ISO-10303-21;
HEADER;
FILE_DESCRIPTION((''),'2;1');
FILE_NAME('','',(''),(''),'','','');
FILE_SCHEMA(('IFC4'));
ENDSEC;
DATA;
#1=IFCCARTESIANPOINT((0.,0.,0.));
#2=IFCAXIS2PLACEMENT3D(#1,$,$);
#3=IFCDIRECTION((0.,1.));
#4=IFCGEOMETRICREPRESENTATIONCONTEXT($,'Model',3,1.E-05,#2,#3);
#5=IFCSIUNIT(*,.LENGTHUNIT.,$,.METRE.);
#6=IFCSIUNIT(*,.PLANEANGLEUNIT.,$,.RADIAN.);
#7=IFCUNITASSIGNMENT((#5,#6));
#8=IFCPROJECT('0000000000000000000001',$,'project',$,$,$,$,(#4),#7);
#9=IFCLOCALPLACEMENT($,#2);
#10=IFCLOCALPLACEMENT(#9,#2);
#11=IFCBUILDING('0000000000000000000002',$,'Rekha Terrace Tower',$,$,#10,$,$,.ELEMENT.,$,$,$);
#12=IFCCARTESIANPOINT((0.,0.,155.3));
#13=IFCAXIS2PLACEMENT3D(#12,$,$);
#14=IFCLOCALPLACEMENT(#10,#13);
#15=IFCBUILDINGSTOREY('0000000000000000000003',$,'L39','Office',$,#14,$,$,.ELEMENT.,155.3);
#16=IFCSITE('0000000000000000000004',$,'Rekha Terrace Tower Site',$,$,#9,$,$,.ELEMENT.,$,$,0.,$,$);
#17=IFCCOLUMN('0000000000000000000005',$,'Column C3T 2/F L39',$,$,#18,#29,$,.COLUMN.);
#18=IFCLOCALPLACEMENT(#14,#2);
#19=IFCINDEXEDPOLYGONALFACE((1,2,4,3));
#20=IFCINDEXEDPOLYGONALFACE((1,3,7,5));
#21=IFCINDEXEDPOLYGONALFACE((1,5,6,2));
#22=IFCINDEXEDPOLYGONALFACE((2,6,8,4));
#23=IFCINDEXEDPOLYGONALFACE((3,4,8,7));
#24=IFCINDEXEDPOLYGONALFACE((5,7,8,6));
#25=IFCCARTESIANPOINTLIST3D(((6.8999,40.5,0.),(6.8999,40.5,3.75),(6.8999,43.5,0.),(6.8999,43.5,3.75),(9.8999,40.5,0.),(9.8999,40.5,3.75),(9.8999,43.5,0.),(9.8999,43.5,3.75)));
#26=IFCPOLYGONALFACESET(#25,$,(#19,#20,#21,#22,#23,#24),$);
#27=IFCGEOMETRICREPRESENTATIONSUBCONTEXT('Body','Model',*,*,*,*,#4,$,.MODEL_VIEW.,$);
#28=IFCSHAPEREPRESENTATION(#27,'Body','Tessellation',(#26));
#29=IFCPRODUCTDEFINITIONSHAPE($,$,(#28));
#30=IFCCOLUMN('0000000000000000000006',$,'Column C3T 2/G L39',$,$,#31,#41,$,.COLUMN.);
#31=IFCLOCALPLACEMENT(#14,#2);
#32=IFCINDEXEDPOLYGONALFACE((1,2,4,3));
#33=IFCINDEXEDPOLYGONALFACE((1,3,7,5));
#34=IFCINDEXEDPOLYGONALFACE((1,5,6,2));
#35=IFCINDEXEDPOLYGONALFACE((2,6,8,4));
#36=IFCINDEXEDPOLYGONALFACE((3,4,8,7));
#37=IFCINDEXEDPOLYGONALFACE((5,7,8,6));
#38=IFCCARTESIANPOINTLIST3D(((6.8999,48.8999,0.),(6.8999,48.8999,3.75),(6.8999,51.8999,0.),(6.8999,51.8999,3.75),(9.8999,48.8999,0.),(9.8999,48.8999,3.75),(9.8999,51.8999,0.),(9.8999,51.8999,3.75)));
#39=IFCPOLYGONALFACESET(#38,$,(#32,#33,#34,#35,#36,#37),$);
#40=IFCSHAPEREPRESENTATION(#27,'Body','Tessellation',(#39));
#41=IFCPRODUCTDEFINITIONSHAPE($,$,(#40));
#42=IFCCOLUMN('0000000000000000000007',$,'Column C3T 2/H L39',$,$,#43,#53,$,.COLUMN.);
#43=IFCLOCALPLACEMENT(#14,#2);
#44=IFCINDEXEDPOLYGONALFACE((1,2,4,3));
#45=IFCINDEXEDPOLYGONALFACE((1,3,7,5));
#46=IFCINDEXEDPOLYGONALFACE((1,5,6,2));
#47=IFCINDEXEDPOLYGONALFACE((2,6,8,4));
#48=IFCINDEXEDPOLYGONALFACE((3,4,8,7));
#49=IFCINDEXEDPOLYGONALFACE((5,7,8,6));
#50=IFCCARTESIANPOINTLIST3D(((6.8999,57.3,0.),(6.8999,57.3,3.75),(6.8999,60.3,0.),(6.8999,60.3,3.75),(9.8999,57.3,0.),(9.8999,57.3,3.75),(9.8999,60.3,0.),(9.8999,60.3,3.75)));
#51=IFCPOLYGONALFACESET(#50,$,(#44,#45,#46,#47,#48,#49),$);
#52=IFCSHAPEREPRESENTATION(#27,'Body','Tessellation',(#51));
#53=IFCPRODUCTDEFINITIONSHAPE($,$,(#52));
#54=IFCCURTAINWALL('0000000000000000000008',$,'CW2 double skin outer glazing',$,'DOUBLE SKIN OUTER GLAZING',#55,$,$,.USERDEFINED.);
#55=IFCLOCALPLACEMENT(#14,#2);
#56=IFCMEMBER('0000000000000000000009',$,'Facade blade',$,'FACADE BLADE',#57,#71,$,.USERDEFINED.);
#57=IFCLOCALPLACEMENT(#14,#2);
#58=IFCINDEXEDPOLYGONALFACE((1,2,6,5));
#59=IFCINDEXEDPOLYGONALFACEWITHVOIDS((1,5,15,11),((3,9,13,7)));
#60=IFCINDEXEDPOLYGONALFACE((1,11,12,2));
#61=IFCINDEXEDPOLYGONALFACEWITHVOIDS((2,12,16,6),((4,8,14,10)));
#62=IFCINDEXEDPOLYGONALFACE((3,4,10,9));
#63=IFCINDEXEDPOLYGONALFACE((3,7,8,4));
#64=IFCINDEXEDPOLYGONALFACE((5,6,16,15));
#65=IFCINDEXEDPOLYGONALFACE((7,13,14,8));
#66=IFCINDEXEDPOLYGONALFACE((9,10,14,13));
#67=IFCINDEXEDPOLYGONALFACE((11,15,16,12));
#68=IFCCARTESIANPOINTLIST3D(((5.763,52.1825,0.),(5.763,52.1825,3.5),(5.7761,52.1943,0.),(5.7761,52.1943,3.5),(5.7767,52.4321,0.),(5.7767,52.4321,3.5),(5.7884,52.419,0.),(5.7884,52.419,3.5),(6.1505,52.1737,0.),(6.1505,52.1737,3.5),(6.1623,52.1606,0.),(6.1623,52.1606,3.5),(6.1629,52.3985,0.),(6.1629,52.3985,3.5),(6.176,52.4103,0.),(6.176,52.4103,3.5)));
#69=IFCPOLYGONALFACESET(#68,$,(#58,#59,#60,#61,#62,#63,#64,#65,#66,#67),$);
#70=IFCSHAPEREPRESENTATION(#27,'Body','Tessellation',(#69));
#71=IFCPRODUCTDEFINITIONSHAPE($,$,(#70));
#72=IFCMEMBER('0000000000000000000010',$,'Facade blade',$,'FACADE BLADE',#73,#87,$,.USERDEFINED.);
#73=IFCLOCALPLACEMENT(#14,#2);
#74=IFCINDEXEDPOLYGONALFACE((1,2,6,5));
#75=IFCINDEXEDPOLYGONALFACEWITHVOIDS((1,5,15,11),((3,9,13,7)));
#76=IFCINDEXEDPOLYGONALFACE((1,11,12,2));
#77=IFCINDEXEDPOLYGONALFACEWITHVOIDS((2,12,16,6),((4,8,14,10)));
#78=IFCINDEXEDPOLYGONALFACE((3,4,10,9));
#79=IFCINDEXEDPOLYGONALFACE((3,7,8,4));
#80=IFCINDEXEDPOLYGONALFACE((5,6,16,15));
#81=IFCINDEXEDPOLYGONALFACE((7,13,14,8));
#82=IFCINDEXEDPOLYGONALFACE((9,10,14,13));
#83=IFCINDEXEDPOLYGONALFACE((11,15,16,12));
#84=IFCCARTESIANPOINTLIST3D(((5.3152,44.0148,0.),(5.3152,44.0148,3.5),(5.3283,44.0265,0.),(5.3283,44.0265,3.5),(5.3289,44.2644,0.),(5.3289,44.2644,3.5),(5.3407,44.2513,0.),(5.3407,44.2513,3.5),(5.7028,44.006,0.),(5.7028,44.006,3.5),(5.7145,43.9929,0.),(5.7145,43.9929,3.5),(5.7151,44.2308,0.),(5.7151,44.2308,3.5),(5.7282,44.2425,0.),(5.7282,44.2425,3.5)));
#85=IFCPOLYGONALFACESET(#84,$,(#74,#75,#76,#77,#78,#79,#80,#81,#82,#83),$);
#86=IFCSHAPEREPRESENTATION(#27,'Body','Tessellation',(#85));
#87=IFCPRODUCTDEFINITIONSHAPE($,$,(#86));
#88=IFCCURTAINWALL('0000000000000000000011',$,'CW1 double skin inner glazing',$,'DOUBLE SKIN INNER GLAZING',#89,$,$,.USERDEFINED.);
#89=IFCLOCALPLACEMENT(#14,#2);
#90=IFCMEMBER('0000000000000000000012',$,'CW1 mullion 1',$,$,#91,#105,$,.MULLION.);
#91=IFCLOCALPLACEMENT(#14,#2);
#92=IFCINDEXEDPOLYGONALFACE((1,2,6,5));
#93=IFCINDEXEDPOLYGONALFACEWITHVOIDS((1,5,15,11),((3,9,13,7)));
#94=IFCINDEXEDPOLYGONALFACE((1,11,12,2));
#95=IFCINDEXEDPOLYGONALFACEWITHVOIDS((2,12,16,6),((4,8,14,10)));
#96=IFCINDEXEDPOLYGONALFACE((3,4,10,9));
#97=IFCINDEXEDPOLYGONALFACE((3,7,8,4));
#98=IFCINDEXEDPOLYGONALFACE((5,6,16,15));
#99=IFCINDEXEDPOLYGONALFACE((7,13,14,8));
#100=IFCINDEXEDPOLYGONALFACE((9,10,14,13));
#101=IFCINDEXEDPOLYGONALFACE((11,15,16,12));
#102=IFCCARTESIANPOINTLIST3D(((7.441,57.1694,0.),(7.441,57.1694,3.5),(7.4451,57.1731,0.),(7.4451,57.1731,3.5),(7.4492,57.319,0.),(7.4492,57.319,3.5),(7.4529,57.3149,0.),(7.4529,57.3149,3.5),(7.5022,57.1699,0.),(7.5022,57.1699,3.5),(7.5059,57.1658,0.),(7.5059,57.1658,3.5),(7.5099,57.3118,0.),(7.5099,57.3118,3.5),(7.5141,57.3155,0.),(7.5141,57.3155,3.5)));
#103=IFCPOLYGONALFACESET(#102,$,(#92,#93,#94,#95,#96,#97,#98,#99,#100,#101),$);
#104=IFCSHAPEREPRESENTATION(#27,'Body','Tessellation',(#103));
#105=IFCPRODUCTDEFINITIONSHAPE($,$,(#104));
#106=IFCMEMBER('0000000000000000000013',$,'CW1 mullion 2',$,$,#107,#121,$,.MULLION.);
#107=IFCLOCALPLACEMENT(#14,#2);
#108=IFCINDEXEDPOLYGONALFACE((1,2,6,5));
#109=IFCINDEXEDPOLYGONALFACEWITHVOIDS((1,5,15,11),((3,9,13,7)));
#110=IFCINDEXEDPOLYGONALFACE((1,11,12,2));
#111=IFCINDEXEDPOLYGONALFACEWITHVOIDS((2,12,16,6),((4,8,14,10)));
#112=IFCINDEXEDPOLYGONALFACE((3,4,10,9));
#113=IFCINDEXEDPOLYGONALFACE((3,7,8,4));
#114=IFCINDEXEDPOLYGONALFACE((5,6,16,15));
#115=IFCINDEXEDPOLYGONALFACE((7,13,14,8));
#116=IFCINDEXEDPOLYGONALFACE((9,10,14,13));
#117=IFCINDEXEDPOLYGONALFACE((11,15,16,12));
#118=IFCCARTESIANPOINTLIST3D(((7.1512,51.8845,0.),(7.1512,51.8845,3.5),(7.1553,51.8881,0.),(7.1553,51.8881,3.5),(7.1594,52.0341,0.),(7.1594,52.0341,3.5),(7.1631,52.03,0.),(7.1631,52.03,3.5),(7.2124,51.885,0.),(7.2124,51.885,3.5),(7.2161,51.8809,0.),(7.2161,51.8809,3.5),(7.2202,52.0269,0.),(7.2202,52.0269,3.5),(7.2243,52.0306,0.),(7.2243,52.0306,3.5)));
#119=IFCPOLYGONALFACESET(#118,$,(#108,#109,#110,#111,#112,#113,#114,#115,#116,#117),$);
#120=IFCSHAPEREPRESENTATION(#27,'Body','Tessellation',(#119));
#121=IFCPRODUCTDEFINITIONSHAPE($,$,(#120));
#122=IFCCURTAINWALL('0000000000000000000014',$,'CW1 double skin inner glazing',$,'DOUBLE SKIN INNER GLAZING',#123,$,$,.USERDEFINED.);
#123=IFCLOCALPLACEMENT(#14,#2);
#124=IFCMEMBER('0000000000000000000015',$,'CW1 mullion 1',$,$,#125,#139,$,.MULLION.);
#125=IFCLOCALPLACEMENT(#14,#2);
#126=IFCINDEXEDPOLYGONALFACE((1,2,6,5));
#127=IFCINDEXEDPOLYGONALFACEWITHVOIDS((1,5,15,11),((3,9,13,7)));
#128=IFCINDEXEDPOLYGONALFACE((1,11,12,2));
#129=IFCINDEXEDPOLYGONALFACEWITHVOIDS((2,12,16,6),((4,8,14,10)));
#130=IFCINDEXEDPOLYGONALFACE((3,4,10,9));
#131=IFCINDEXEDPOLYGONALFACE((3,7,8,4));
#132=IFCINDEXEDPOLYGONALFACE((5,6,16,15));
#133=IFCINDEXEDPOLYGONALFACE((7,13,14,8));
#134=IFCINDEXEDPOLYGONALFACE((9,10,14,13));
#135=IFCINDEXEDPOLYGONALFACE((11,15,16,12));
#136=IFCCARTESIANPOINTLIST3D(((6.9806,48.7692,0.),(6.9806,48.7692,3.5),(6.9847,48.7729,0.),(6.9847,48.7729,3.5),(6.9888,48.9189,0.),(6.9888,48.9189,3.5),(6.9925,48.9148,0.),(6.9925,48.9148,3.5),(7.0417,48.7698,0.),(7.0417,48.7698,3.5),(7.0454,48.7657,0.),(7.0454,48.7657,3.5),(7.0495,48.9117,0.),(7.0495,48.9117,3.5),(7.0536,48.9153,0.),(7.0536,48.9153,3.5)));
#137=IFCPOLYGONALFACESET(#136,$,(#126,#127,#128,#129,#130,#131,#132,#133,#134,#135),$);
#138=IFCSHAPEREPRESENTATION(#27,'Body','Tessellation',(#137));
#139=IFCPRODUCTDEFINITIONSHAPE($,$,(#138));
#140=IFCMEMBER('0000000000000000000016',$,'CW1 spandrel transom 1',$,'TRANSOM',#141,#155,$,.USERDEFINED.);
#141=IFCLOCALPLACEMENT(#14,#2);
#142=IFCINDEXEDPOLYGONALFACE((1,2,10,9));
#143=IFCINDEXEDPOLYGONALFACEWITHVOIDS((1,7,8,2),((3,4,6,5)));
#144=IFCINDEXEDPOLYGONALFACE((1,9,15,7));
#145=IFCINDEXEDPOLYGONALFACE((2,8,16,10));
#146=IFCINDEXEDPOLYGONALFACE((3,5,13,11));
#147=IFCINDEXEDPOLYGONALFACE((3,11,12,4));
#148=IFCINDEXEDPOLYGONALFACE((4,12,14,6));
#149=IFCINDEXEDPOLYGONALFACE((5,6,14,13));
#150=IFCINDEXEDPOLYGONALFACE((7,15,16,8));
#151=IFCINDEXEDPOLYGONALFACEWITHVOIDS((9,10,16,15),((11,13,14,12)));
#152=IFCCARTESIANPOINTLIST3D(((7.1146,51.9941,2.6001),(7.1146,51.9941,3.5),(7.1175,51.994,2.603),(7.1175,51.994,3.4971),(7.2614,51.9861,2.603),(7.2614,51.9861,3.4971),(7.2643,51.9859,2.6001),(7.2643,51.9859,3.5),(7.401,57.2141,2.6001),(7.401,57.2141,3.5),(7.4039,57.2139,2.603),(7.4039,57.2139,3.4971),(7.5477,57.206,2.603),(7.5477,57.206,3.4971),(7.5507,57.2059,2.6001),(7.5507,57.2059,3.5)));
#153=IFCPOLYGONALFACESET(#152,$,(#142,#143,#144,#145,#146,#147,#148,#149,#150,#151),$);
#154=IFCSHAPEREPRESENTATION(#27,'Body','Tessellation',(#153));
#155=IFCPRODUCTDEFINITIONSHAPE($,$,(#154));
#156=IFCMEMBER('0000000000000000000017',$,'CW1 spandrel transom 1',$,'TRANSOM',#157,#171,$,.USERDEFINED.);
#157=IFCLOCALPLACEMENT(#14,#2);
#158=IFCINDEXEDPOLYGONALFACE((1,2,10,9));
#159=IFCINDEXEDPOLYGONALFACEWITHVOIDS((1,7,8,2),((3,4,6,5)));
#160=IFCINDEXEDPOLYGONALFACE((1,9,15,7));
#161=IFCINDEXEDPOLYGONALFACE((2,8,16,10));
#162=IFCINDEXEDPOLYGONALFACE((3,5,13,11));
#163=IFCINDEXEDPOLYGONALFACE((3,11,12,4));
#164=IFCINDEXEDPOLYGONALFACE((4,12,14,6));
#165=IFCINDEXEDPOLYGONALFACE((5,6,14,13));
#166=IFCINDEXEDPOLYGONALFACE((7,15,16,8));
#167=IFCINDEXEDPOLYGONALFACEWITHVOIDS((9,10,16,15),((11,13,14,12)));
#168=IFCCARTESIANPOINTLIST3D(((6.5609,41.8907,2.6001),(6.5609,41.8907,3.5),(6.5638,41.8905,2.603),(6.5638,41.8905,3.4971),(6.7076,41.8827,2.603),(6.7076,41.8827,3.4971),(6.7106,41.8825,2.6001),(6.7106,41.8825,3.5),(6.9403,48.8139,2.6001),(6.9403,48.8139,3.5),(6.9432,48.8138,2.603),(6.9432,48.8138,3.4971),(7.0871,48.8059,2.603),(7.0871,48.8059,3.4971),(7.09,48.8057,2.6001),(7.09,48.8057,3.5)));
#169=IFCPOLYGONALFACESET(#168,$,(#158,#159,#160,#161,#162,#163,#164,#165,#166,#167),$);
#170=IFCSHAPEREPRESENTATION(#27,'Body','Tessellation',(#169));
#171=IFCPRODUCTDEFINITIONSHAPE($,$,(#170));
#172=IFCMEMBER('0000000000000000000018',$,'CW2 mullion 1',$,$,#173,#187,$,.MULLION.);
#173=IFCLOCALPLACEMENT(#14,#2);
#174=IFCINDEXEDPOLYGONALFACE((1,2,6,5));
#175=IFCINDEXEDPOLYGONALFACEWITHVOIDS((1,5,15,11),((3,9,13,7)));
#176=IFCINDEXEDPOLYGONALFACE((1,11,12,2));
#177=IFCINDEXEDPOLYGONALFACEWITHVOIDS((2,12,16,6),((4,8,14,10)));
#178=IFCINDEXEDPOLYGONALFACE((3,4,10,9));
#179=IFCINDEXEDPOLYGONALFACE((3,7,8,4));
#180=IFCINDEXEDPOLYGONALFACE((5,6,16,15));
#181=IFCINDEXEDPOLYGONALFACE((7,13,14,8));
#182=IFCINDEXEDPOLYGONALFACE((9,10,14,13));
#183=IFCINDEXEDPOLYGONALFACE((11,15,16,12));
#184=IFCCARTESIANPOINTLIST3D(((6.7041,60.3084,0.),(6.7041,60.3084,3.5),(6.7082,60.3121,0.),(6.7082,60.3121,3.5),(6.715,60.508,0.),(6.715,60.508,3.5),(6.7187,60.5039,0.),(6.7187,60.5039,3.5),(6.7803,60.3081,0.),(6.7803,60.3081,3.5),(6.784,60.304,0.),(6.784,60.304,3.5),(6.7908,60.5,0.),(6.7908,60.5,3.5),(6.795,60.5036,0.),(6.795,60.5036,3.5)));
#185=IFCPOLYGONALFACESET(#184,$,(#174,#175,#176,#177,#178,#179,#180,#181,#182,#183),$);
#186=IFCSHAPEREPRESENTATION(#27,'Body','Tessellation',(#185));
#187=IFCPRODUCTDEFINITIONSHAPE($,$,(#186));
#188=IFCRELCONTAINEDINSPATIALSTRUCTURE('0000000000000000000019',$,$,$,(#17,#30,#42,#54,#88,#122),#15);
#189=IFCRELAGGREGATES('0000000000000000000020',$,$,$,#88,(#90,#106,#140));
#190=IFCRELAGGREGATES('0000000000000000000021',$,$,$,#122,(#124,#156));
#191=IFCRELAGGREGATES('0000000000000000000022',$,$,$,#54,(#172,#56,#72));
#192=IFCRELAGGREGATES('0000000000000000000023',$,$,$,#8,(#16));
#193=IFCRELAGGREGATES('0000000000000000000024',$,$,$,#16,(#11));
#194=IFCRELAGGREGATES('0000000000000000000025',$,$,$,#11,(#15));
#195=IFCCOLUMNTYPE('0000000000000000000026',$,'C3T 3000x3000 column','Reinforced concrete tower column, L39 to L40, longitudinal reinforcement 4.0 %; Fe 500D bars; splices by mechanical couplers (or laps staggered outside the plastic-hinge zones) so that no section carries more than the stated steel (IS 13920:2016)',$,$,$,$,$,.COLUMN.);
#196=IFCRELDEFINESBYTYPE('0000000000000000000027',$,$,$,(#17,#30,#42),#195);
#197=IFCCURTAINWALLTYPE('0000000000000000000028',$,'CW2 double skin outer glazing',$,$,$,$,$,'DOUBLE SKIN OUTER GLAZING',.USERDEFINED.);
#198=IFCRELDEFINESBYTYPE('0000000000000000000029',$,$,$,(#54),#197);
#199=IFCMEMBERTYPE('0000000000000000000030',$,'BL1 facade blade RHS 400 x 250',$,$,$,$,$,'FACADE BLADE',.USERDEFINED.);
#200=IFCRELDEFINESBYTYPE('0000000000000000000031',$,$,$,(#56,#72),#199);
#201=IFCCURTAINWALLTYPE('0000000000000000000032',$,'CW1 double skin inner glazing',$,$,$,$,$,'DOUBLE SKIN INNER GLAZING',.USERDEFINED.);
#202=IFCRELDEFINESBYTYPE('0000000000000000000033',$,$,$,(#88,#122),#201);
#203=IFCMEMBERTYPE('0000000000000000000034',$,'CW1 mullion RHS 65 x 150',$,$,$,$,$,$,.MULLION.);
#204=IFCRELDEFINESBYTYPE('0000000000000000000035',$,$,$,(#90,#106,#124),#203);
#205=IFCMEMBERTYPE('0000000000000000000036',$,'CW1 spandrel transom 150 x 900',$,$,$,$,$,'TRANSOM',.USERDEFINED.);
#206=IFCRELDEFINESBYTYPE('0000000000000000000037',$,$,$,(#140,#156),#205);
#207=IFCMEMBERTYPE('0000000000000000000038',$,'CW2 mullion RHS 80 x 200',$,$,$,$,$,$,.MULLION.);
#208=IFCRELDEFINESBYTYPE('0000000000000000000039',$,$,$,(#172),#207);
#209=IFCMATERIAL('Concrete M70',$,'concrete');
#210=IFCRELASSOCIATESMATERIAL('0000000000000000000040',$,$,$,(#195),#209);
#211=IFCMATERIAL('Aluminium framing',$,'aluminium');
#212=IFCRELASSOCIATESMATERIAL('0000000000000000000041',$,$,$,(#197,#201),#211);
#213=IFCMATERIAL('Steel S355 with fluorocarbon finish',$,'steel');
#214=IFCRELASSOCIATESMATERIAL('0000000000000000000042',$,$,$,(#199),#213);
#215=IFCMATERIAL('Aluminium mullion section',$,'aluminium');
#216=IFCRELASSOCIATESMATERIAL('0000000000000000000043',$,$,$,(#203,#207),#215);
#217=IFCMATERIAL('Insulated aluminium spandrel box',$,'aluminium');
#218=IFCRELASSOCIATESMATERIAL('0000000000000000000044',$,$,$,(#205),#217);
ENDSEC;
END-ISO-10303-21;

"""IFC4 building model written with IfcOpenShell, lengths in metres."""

from ifc_helpers import new_model, si_unit, direction, frame, origin, origin_2d, place, context, subcontext, project, spatial, rectangle, hollow_rectangle, extrude, material, material_profile, profile_set, type_object, element, aggregate, save


model = new_model("IFC4")

# Units and contexts
model_context = context("Model", 3, precision=1e-05, world=origin(), true_north=direction((0.0, 1.0)))
body_context = subcontext(model_context, "Body", "Model", "MODEL_VIEW")
ifc_project = project(units=[si_unit("LENGTHUNIT", "METRE"), si_unit("PLANEANGLEUNIT", "RADIAN")], contexts=[model_context])

# Site, building, storey
site_placement = place(None, origin())
site = spatial("IfcSite", under=ifc_project, at=site_placement, Name="Rekha Terrace Tower Site", CompositionType="ELEMENT", RefElevation=0.0)
building_placement = place(site_placement, origin())
building = spatial("IfcBuilding", under=site, at=building_placement, Name="Rekha Terrace Tower", CompositionType="ELEMENT")
storey_placement = place(building_placement, frame((0.0, 0.0, 155.3)))
storey = spatial("IfcBuildingStorey", under=building, at=storey_placement, Name="L39", Description="Office", CompositionType="ELEMENT", Elevation=155.3)

# Columns
ifc_material_1 = material(Name="Concrete M70", Category="concrete")
ifc_material_profile_1 = material_profile(ifc_material_1, rectangle(XDim=3.0, YDim=3.0, at=origin_2d()), Name="RC 3000x3000")
ifc_profile_set_1 = profile_set([ifc_material_profile_1], Name="Concrete M70")
column_type = type_object("IfcColumnType", Name="C3T 3000x3000 column", Description="Reinforced concrete tower column, L39 to L40, longitudinal reinforcement 4.0 %; Fe 500D bars; splices by mechanical couplers (or laps staggered outside the plastic-hinge zones) so that no section carries more than the stated steel (IS 13920:2016)", PredefinedType="COLUMN", material=ifc_profile_set_1)
for number, where, z_axis, x_axis, name in (
    (1, (8.3999, 42.0, 0.0), (0.0, 0.0, 1.0), (1.0, 0.0, 0.0), "Column C3T 2/F L39"),
    (2, (8.3999, 50.3999, 0.0), (0.0, 0.0, 1.0), (1.0, 0.0, 0.0), "Column C3T 2/G L39"),
    (3, (8.3999, 58.8, 0.0), (0.0, 0.0, 1.0), (1.0, 0.0, 0.0), "Column C3T 2/H L39"),
):
    element("IfcColumn", number, at=place(storey_placement, frame(where, z_axis=z_axis, x_axis=x_axis)), inside=storey, type_object=column_type, Name=name, PredefinedType="COLUMN", context=body_context, shape_type="SweptSolid", body=[
        extrude(rectangle(XDim=3.0, YDim=3.0, at=origin_2d()), origin(), (0.0, 0.0, 1.0), 3.75),
    ])

# Curtain walls, members
ifc_material_2 = material(Name="Aluminium framing", Category="aluminium")
curtain_wall_type_1 = type_object("IfcCurtainWallType", Name="CW2 double skin outer glazing", ElementType="DOUBLE SKIN OUTER GLAZING", PredefinedType="USERDEFINED", material=ifc_material_2)
curtain_wall_1_placement = place(storey_placement, origin())
curtain_wall_1 = element("IfcCurtainWall", 4, at=curtain_wall_1_placement, inside=storey, type_object=curtain_wall_type_1, Name="CW2 double skin outer glazing", ObjectType="DOUBLE SKIN OUTER GLAZING", PredefinedType="USERDEFINED")
ifc_material_3 = material(Name="Steel S355 with fluorocarbon finish", Category="steel")
ifc_material_profile_2 = material_profile(ifc_material_3, hollow_rectangle(XDim=0.25, YDim=0.3999, WallThickness=0.0125, at=origin_2d()), Name="RHS400x250x12.5")
ifc_profile_set_2 = profile_set([ifc_material_profile_2], Name="Steel S355 with fluorocarbon finish")
member_type_1 = type_object("IfcMemberType", Name="BL1 facade blade RHS 400 x 250", ElementType="FACADE BLADE", PredefinedType="USERDEFINED", material=ifc_profile_set_2)
member_1_placement = place(storey_placement, frame((5.9695, 52.2964, 0.0), z_axis=(0.0, 0.0, 1.0), x_axis=(-0.054743, -0.9985, 0.0)))
member_1 = element("IfcMember", 5, at=member_1_placement, type_object=member_type_1, Name="Facade blade", ObjectType="FACADE BLADE", PredefinedType="USERDEFINED", context=body_context, shape_type="SweptSolid", body=[
    extrude(hollow_rectangle(XDim=0.25, YDim=0.3999, WallThickness=0.0125, at=origin_2d()), origin(), (0.0, 0.0, 1.0), 3.5),
])
member_2_placement = place(storey_placement, frame((5.5217, 44.1287, 0.0), z_axis=(0.0, 0.0, 1.0), x_axis=(-0.054743, -0.9985, 0.0)))
member_2 = element("IfcMember", 6, at=member_2_placement, type_object=member_type_1, Name="Facade blade", ObjectType="FACADE BLADE", PredefinedType="USERDEFINED", context=body_context, shape_type="SweptSolid", body=[
    extrude(hollow_rectangle(XDim=0.25, YDim=0.3999, WallThickness=0.0125, at=origin_2d()), origin(), (0.0, 0.0, 1.0), 3.5),
])
curtain_wall_type_2 = type_object("IfcCurtainWallType", Name="CW1 double skin inner glazing", ElementType="DOUBLE SKIN INNER GLAZING", PredefinedType="USERDEFINED", material=ifc_material_2)
curtain_wall_2_placement = place(storey_placement, origin())
curtain_wall_2 = element("IfcCurtainWall", 7, at=curtain_wall_2_placement, inside=storey, type_object=curtain_wall_type_2, Name="CW1 double skin inner glazing", ObjectType="DOUBLE SKIN INNER GLAZING", PredefinedType="USERDEFINED")
ifc_material_4 = material(Name="Aluminium mullion section", Category="aluminium")
ifc_material_profile_3 = material_profile(ifc_material_4, hollow_rectangle(XDim=0.0649, YDim=0.1499, WallThickness=0.0039, at=origin_2d()), Name="AL RHS 65x150")
ifc_profile_set_3 = profile_set([ifc_material_profile_3], Name="Aluminium mullion section")
member_type_2 = type_object("IfcMemberType", Name="CW1 mullion RHS 65 x 150", PredefinedType="MULLION", material=ifc_profile_set_3)
member_3_placement = place(storey_placement, frame((7.4775, 57.2424, 0.0), z_axis=(0.0, 0.0, 1.0), x_axis=(0.998501, -0.054742, 0.0)))
member_3 = element("IfcMember", 8, at=member_3_placement, type_object=member_type_2, Name="CW1 mullion 1", PredefinedType="MULLION", context=body_context, shape_type="SweptSolid", body=[
    extrude(hollow_rectangle(XDim=0.0649, YDim=0.1499, WallThickness=0.0039, at=origin_2d()), origin(), (0.0, 0.0, 1.0), 3.5),
])
member_4_placement = place(storey_placement, frame((7.1877, 51.9575, 0.0), z_axis=(0.0, 0.0, 1.0), x_axis=(0.998501, -0.054742, 0.0)))
member_4 = element("IfcMember", 9, at=member_4_placement, type_object=member_type_2, Name="CW1 mullion 2", PredefinedType="MULLION", context=body_context, shape_type="SweptSolid", body=[
    extrude(hollow_rectangle(XDim=0.0649, YDim=0.1499, WallThickness=0.0039, at=origin_2d()), origin(), (0.0, 0.0, 1.0), 3.5),
])

# Curtain wall, member
curtain_wall_3_placement = place(storey_placement, origin())
curtain_wall_3 = element("IfcCurtainWall", 10, at=curtain_wall_3_placement, inside=storey, type_object=curtain_wall_type_2, Name="CW1 double skin inner glazing", ObjectType="DOUBLE SKIN INNER GLAZING", PredefinedType="USERDEFINED")
member_5_placement = place(storey_placement, frame((7.0171, 48.8423, 0.0), z_axis=(0.0, 0.0, 1.0), x_axis=(0.998501, -0.054742, 0.0)))
member_5 = element("IfcMember", 11, at=member_5_placement, type_object=member_type_2, Name="CW1 mullion 1", PredefinedType="MULLION", context=body_context, shape_type="SweptSolid", body=[
    extrude(hollow_rectangle(XDim=0.0649, YDim=0.1499, WallThickness=0.0039, at=origin_2d()), origin(), (0.0, 0.0, 1.0), 3.5),
])

# Members
ifc_material_5 = material(Name="Insulated aluminium spandrel box", Category="aluminium")
ifc_material_profile_4 = material_profile(ifc_material_5, hollow_rectangle(XDim=0.1499, YDim=0.8999, WallThickness=0.0029, at=origin_2d()), Name="AL SPANDREL BOX 150x900")
ifc_profile_set_4 = profile_set([ifc_material_profile_4], Name="Insulated aluminium spandrel box")
member_type_3 = type_object("IfcMemberType", Name="CW1 spandrel transom 150 x 900", ElementType="TRANSOM", PredefinedType="USERDEFINED", material=ifc_profile_set_4)
member_6_placement = place(storey_placement, frame((7.4758, 57.21, 3.05), z_axis=(-0.054779, -0.998498, 0.0), x_axis=(0.998498, -0.054779, 0.0)))
member_6 = element("IfcMember", 12, at=member_6_placement, type_object=member_type_3, Name="CW1 spandrel transom 1", ObjectType="TRANSOM", PredefinedType="USERDEFINED", context=body_context, shape_type="SweptSolid", body=[
    extrude(hollow_rectangle(XDim=0.1499, YDim=0.8999, WallThickness=0.0029, at=origin_2d()), origin(), (0.0, 0.0, 1.0), 5.2278),
])
member_7_placement = place(storey_placement, frame((7.0151, 48.8098, 3.05), z_axis=(-0.054719, -0.998502, 0.0), x_axis=(0.998502, -0.054719, 0.0)))
member_7 = element("IfcMember", 13, at=member_7_placement, type_object=member_type_3, Name="CW1 spandrel transom 1", ObjectType="TRANSOM", PredefinedType="USERDEFINED", context=body_context, shape_type="SweptSolid", body=[
    extrude(hollow_rectangle(XDim=0.1499, YDim=0.8999, WallThickness=0.0029, at=origin_2d()), origin(), (0.0, 0.0, 1.0), 6.9336),
])
ifc_material_profile_5 = material_profile(ifc_material_4, hollow_rectangle(XDim=0.0801, YDim=0.2, WallThickness=0.0039, at=origin_2d()), Name="AL RHS 80x200")
ifc_profile_set_5 = profile_set([ifc_material_profile_5], Name="Aluminium mullion section")
member_type_4 = type_object("IfcMemberType", Name="CW2 mullion RHS 80 x 200", PredefinedType="MULLION", material=ifc_profile_set_5)
member_8_placement = place(storey_placement, frame((6.7495, 60.406, 0.0), z_axis=(0.0, 0.0, 1.0), x_axis=(0.998501, -0.054742, 0.0)))
member_8 = element("IfcMember", 14, at=member_8_placement, type_object=member_type_4, Name="CW2 mullion 1", PredefinedType="MULLION", context=body_context, shape_type="SweptSolid", body=[
    extrude(hollow_rectangle(XDim=0.0801, YDim=0.2, WallThickness=0.0039, at=origin_2d()), origin(), (0.0, 0.0, 1.0), 3.5),
])

aggregate(curtain_wall_2, [member_3, member_4, member_6])
aggregate(curtain_wall_3, [member_5, member_7])
aggregate(curtain_wall_1, [member_8, member_1, member_2])

save(model, "model.ifc")
